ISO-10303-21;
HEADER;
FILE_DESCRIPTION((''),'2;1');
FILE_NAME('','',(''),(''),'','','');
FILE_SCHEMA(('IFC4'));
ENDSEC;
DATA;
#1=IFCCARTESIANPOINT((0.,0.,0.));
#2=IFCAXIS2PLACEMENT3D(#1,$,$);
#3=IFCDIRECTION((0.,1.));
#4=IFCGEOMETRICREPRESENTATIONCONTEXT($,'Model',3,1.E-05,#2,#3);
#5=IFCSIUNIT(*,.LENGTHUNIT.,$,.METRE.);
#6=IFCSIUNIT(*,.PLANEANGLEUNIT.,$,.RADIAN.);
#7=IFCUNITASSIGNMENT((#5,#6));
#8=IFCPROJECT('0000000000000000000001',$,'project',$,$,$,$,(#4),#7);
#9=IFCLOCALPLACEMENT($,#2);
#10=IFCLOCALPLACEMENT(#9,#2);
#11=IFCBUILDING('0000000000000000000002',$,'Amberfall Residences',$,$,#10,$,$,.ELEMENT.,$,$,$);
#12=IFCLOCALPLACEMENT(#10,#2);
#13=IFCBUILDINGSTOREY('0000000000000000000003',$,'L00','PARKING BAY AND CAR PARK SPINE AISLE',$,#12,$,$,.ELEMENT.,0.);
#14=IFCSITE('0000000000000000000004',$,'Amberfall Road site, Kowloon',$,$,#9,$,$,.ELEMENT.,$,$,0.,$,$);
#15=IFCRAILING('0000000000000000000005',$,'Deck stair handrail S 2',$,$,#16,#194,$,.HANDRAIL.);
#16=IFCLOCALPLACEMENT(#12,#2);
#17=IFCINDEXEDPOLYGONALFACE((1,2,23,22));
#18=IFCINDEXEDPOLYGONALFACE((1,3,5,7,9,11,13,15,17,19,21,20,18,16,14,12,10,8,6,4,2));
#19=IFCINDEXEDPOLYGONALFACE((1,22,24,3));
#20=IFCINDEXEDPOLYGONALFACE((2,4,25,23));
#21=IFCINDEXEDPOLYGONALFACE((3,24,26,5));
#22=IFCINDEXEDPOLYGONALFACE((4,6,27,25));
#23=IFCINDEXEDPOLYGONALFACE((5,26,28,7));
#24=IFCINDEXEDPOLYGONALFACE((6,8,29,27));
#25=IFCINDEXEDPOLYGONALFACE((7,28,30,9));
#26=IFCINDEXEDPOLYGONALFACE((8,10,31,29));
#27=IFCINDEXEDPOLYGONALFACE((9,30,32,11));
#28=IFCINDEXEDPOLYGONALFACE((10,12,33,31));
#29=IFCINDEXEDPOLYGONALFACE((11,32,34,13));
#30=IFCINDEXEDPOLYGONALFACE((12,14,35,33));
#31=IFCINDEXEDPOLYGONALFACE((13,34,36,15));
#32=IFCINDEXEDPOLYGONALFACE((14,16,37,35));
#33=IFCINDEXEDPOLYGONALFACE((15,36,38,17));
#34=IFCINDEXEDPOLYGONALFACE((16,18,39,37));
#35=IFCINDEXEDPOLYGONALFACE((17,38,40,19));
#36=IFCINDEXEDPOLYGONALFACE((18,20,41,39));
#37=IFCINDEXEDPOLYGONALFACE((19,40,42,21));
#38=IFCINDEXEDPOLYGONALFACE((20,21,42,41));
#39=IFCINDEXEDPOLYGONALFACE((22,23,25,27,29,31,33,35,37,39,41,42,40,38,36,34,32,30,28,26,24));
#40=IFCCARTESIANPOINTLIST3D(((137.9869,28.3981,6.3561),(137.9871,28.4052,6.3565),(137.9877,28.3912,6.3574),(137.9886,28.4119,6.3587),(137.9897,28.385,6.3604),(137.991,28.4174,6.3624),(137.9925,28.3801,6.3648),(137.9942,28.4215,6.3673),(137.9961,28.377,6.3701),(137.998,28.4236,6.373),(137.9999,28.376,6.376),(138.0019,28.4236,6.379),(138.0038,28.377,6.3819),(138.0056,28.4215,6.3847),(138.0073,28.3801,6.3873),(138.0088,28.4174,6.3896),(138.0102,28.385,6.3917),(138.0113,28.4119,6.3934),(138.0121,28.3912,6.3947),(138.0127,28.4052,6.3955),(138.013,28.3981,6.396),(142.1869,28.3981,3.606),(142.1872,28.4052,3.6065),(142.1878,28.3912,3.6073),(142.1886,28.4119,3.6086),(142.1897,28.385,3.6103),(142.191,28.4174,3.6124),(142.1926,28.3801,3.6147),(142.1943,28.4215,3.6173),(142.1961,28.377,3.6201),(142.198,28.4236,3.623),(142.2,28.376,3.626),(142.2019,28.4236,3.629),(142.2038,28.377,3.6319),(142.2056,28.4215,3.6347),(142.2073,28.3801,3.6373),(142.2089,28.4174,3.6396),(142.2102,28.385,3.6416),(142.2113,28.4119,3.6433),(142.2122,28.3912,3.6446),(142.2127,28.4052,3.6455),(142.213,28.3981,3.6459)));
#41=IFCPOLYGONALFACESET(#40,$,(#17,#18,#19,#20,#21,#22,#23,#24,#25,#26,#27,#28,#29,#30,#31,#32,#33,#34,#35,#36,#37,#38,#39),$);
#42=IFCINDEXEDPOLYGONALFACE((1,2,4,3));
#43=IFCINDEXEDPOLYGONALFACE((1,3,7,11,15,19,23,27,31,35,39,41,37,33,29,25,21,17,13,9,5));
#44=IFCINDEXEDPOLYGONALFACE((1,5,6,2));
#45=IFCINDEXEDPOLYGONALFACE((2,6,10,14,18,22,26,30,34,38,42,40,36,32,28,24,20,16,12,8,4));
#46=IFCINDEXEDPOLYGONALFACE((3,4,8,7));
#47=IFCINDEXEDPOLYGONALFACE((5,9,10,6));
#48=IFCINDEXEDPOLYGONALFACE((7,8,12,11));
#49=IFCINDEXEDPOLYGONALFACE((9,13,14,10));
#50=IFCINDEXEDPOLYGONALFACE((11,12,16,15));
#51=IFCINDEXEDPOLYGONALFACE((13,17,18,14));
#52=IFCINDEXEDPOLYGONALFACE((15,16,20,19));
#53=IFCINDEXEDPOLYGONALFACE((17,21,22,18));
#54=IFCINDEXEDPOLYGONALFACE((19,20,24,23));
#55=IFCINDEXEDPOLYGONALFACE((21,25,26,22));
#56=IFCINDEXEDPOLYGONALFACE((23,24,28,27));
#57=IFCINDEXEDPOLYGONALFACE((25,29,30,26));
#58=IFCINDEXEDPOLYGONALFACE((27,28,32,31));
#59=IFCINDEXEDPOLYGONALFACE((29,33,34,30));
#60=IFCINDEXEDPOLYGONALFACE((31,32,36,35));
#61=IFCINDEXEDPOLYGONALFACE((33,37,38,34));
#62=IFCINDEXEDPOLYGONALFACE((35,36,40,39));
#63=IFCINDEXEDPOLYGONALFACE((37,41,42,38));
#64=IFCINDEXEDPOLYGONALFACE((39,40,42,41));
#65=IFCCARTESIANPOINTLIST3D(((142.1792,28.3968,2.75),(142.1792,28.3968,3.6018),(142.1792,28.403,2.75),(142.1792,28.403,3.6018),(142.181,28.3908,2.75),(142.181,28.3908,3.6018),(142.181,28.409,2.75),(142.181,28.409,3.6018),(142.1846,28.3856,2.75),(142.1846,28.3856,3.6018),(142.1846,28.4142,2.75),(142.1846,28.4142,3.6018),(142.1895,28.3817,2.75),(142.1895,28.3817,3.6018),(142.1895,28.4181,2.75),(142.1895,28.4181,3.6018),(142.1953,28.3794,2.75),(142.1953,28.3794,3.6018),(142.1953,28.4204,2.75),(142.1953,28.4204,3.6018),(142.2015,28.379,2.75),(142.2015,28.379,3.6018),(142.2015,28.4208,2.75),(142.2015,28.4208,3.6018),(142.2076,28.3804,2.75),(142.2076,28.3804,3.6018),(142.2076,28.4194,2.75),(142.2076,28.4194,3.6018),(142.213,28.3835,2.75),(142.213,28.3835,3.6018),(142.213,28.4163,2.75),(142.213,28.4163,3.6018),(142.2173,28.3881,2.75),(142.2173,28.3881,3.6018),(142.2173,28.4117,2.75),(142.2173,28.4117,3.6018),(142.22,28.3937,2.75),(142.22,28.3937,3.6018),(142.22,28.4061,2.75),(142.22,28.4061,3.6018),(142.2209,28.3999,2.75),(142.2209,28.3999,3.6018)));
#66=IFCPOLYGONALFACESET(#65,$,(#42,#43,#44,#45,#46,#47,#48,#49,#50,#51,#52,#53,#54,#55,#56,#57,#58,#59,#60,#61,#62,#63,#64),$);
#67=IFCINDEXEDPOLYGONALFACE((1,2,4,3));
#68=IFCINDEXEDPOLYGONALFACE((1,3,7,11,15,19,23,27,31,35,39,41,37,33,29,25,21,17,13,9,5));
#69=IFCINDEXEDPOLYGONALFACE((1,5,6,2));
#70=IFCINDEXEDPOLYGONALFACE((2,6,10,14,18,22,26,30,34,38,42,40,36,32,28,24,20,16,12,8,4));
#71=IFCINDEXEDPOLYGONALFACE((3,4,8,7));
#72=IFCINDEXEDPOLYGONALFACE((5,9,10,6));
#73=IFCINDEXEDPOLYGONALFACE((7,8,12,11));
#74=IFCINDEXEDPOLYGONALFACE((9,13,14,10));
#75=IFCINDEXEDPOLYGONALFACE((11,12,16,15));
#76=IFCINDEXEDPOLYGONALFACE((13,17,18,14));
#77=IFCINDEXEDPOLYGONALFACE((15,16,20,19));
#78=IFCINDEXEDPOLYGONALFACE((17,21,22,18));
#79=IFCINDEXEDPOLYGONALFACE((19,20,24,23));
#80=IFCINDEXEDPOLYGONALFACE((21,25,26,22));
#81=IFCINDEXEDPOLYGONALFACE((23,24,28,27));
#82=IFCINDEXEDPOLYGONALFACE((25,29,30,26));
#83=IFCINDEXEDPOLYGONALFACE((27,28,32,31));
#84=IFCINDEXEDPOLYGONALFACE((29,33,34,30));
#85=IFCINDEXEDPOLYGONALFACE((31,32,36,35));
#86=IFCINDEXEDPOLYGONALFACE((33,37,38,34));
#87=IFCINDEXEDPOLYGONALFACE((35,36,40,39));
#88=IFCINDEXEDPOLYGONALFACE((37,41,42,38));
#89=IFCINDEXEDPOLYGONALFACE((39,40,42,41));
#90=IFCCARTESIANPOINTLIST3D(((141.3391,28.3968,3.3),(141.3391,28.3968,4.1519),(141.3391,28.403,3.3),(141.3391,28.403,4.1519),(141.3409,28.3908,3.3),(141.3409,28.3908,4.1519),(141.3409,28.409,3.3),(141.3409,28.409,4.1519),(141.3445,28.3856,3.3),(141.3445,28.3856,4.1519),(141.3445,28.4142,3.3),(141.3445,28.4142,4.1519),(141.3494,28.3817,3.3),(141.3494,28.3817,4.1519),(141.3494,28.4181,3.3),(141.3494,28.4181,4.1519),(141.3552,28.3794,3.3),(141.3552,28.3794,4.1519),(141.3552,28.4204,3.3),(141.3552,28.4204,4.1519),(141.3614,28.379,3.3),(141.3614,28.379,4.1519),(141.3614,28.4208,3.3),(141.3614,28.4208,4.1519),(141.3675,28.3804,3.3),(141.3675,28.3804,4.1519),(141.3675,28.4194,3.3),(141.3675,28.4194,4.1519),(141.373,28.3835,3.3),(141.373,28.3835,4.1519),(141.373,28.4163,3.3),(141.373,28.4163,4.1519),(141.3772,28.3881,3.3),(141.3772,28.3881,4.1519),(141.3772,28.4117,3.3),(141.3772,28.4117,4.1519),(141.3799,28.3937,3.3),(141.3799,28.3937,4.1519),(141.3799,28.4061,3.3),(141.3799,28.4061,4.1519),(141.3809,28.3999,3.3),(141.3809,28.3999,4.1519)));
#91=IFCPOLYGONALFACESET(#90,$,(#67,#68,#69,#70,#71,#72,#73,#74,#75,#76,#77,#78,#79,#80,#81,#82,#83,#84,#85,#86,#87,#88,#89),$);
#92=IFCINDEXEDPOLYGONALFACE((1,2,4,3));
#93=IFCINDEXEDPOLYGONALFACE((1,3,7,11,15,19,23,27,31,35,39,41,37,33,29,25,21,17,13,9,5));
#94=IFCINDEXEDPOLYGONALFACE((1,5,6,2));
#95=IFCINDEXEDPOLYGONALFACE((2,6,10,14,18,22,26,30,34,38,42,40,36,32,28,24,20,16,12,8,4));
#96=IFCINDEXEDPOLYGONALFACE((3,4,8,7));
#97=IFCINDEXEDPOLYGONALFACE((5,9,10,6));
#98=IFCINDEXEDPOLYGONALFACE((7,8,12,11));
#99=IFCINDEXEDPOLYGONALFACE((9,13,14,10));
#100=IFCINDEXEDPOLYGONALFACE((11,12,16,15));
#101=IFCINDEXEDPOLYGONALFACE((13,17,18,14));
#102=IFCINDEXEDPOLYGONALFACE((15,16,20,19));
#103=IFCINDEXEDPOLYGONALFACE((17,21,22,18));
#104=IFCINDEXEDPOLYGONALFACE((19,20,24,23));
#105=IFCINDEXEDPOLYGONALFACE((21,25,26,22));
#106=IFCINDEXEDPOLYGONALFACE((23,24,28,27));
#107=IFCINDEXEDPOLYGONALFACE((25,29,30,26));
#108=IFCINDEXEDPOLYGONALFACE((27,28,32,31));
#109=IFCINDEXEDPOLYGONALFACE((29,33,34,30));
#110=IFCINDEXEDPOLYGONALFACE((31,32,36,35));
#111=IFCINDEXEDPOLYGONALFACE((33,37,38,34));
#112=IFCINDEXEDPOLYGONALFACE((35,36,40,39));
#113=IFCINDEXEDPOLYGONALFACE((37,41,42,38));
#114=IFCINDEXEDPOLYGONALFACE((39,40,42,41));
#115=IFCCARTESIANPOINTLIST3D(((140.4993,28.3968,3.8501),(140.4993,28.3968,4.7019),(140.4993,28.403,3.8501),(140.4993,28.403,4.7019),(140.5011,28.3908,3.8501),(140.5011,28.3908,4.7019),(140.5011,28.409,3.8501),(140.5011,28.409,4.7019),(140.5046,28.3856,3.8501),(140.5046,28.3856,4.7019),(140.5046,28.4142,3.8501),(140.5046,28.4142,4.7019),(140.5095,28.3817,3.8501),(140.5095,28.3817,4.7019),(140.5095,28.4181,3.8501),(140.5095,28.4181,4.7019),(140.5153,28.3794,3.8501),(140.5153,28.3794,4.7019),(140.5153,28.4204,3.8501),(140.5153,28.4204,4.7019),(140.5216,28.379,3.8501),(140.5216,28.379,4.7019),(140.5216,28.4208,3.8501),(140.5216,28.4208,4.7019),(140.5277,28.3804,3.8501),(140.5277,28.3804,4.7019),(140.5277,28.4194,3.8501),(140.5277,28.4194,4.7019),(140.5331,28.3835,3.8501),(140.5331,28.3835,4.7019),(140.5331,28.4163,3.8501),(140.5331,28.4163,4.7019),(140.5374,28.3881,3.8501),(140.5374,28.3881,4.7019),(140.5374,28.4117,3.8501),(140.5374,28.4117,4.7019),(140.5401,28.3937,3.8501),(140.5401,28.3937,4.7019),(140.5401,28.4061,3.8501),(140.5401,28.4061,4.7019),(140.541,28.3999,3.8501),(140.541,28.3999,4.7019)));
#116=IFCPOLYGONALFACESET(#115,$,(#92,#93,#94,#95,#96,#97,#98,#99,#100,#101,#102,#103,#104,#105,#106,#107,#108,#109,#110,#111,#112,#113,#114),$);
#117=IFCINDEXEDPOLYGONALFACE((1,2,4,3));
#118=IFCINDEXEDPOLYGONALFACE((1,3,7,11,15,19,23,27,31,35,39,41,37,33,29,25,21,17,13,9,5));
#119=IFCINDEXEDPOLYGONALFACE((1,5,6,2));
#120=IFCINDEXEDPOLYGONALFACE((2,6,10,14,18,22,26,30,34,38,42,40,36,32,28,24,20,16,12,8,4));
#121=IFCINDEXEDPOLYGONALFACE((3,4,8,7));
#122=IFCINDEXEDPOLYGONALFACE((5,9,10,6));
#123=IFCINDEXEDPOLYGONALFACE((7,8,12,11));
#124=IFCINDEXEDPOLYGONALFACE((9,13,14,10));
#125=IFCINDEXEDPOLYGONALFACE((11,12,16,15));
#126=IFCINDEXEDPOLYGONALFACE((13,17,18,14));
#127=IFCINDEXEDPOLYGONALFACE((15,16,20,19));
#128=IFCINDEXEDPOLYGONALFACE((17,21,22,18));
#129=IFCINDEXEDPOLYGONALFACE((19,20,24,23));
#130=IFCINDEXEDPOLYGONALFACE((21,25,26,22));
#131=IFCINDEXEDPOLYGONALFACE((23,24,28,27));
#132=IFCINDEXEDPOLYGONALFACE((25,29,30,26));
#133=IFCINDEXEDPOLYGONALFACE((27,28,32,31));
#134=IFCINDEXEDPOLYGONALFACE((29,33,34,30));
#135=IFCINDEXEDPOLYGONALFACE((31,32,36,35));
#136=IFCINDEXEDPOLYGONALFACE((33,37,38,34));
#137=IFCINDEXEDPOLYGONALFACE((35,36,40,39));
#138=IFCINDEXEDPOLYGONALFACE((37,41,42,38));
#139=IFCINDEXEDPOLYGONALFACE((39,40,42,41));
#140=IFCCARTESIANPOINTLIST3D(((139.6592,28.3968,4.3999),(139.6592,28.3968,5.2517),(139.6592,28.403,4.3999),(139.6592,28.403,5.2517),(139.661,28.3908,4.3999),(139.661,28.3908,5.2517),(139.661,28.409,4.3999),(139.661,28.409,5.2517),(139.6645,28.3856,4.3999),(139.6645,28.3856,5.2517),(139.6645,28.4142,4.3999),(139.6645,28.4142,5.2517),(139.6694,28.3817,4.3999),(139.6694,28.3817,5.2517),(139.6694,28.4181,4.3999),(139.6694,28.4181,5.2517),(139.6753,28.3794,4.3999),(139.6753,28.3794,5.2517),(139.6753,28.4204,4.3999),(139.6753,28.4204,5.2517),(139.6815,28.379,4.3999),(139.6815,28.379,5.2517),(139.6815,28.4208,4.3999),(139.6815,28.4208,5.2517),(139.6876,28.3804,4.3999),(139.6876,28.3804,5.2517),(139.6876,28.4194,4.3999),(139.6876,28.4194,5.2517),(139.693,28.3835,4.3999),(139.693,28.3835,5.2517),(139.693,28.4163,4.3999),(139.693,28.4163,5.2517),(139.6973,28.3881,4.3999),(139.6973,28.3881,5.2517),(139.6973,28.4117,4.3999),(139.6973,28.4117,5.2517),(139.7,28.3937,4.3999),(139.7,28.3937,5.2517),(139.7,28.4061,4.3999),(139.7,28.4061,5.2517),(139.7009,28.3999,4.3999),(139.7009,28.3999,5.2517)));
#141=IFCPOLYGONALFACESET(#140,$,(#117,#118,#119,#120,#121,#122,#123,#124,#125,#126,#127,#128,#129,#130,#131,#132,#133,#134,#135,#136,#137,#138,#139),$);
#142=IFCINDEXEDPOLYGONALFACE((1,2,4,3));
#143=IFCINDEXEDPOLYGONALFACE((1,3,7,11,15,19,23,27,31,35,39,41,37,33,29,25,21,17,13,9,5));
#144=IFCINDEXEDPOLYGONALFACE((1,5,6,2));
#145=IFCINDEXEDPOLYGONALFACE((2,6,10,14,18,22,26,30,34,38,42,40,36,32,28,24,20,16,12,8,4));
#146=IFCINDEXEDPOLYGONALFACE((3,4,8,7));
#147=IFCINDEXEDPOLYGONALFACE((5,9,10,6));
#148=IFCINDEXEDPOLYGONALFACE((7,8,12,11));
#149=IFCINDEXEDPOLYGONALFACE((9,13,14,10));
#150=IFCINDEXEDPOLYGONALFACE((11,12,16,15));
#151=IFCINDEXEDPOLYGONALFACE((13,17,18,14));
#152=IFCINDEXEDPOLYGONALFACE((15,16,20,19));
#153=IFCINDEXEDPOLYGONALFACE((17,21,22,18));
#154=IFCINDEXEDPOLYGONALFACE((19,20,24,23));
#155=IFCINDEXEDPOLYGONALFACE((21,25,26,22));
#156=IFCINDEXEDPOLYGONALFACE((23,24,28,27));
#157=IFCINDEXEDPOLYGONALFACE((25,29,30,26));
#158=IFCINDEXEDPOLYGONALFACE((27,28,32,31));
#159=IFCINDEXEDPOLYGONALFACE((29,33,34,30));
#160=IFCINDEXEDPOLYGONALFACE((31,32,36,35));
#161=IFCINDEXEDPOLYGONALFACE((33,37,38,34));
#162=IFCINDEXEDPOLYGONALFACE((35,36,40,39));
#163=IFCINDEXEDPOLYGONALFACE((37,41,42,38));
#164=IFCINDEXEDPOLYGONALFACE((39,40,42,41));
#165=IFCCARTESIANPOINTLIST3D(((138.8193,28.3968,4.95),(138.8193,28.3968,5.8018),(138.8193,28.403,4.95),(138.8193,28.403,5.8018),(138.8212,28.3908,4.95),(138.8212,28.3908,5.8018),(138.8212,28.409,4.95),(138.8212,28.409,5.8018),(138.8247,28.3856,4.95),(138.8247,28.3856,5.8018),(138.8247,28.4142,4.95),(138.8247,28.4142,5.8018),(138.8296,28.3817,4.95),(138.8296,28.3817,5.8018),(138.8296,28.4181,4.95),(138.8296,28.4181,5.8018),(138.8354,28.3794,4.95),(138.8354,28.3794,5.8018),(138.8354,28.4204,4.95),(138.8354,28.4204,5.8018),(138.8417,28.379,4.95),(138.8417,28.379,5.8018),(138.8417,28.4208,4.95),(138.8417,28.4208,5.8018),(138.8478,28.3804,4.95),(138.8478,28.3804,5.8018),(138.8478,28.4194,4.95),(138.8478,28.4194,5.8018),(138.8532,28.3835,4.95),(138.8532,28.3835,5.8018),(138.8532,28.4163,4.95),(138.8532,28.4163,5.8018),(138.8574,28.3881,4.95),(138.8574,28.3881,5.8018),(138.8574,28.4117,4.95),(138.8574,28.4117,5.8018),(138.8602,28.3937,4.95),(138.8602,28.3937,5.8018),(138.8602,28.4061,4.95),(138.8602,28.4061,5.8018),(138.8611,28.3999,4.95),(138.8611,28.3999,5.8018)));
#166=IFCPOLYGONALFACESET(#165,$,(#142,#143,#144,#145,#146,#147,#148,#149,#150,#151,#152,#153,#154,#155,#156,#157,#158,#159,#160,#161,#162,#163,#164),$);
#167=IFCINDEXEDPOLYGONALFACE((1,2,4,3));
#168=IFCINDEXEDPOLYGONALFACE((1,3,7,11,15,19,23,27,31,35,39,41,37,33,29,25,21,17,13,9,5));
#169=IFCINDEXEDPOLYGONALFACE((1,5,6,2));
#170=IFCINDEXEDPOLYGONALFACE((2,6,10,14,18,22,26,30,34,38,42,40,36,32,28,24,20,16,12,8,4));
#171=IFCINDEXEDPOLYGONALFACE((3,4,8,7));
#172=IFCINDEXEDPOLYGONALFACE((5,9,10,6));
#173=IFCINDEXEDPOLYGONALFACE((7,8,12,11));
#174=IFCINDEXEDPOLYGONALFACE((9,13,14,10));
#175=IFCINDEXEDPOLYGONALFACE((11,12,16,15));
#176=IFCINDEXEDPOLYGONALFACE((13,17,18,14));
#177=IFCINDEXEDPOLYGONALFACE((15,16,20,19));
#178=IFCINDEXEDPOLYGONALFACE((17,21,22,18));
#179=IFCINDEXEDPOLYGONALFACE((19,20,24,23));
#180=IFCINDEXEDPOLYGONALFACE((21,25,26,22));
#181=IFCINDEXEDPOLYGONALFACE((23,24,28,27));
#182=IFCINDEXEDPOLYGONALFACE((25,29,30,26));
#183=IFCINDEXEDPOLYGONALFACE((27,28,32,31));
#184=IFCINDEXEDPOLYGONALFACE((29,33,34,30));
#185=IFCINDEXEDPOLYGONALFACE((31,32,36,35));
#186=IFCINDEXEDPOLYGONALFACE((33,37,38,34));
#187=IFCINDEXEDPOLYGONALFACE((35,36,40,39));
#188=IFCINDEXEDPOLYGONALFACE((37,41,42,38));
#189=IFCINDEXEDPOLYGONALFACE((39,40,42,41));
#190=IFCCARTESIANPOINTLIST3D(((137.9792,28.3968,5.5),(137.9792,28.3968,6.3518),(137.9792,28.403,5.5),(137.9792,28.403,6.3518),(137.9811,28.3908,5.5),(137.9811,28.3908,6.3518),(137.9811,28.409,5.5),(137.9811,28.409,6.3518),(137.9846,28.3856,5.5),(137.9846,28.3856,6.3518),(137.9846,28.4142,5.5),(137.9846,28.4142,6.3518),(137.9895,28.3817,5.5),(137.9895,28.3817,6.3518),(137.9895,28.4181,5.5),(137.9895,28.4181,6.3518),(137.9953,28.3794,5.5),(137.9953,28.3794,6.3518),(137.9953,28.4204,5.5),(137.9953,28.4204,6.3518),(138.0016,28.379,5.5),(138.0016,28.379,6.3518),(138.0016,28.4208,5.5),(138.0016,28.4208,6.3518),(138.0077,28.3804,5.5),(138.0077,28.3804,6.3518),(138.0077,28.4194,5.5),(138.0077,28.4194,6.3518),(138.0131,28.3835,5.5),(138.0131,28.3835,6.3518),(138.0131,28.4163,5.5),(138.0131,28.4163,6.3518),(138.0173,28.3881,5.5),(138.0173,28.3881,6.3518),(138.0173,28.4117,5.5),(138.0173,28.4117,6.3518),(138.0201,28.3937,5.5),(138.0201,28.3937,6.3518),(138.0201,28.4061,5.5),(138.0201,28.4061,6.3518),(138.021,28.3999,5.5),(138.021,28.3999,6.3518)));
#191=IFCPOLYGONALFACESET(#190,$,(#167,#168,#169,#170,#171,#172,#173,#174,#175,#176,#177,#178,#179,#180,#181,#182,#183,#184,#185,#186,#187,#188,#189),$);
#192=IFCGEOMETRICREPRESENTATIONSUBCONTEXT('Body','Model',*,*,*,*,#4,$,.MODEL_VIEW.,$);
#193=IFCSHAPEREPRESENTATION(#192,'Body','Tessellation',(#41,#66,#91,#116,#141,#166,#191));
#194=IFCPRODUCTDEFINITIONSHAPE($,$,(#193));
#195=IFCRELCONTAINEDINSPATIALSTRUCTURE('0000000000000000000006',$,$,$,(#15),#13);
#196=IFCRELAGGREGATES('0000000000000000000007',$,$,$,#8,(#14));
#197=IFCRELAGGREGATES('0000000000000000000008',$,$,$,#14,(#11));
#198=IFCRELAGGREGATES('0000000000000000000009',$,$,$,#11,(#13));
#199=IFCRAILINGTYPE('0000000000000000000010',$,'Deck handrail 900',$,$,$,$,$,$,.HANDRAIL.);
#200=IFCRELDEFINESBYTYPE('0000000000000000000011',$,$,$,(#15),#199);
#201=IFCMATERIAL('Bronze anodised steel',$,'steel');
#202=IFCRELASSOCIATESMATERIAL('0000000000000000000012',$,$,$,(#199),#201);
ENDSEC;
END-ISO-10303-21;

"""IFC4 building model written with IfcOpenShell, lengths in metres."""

from ifc_helpers import new_model, si_unit, direction, frame, origin, origin_2d, place, context, subcontext, project, spatial, circle, extrude, material, type_object, element, save


model = new_model("IFC4")

# Units and contexts
model_context = context("Model", 3, precision=1e-05, world=origin(), true_north=direction((0.0, 1.0)))
body_context = subcontext(model_context, "Body", "Model", "MODEL_VIEW")
ifc_project = project(units=[si_unit("LENGTHUNIT", "METRE"), si_unit("PLANEANGLEUNIT", "RADIAN")], contexts=[model_context])

# Site, building, storey
site_placement = place(None, origin())
site = spatial("IfcSite", under=ifc_project, at=site_placement, Name="Amberfall Road site, Kowloon", CompositionType="ELEMENT", RefElevation=0.0)
building_placement = place(site_placement, origin())
building = spatial("IfcBuilding", under=site, at=building_placement, Name="Amberfall Residences", CompositionType="ELEMENT")
storey_placement = place(building_placement, origin())
storey = spatial("IfcBuildingStorey", under=building, at=storey_placement, Name="L00", Description="PARKING BAY AND CAR PARK SPINE AISLE", CompositionType="ELEMENT", Elevation=0.0)

# Railing
ifc_material_1 = material(Name="Bronze anodised steel", Category="steel")
railing_type = type_object("IfcRailingType", Name="Deck handrail 900", PredefinedType="HANDRAIL", material=ifc_material_1)
railing_1_placement = place(storey_placement, frame((142.2, 28.3999, 2.75)))
element("IfcRailing", 1, at=railing_1_placement, inside=storey, type_object=railing_type, Name="Deck stair handrail S 2", PredefinedType="HANDRAIL", context=body_context, shape_type="SweptSolid", body=[
    extrude(circle(Radius=0.0239, at=origin_2d()), frame((0.0, 0.0, 0.876), z_axis=(-0.836616, 0.0, 0.54779), x_axis=(0.0, -1.0, 0.0)), (0.0, 0.0, 1.0), 5.0203),
    extrude(circle(Radius=0.021, at=origin_2d()), origin(), (0.0, 0.0, 1.0), 0.8518),
    extrude(circle(Radius=0.021, at=origin_2d()), frame((-0.8401, 0.0, 0.55)), (0.0, 0.0, 1.0), 0.8518),
    extrude(circle(Radius=0.021, at=origin_2d()), frame((-1.6799, 0.0, 1.1001)), (0.0, 0.0, 1.0), 0.8518),
    extrude(circle(Radius=0.021, at=origin_2d()), frame((-2.52, 0.0, 1.6499)), (0.0, 0.0, 1.0), 0.8518),
    extrude(circle(Radius=0.021, at=origin_2d()), frame((-3.3599, 0.0, 2.2)), (0.0, 0.0, 1.0), 0.8518),
    extrude(circle(Radius=0.021, at=origin_2d()), frame((-4.2, 0.0, 2.75)), (0.0, 0.0, 1.0), 0.8518),
])

save(model, "model.ifc")
